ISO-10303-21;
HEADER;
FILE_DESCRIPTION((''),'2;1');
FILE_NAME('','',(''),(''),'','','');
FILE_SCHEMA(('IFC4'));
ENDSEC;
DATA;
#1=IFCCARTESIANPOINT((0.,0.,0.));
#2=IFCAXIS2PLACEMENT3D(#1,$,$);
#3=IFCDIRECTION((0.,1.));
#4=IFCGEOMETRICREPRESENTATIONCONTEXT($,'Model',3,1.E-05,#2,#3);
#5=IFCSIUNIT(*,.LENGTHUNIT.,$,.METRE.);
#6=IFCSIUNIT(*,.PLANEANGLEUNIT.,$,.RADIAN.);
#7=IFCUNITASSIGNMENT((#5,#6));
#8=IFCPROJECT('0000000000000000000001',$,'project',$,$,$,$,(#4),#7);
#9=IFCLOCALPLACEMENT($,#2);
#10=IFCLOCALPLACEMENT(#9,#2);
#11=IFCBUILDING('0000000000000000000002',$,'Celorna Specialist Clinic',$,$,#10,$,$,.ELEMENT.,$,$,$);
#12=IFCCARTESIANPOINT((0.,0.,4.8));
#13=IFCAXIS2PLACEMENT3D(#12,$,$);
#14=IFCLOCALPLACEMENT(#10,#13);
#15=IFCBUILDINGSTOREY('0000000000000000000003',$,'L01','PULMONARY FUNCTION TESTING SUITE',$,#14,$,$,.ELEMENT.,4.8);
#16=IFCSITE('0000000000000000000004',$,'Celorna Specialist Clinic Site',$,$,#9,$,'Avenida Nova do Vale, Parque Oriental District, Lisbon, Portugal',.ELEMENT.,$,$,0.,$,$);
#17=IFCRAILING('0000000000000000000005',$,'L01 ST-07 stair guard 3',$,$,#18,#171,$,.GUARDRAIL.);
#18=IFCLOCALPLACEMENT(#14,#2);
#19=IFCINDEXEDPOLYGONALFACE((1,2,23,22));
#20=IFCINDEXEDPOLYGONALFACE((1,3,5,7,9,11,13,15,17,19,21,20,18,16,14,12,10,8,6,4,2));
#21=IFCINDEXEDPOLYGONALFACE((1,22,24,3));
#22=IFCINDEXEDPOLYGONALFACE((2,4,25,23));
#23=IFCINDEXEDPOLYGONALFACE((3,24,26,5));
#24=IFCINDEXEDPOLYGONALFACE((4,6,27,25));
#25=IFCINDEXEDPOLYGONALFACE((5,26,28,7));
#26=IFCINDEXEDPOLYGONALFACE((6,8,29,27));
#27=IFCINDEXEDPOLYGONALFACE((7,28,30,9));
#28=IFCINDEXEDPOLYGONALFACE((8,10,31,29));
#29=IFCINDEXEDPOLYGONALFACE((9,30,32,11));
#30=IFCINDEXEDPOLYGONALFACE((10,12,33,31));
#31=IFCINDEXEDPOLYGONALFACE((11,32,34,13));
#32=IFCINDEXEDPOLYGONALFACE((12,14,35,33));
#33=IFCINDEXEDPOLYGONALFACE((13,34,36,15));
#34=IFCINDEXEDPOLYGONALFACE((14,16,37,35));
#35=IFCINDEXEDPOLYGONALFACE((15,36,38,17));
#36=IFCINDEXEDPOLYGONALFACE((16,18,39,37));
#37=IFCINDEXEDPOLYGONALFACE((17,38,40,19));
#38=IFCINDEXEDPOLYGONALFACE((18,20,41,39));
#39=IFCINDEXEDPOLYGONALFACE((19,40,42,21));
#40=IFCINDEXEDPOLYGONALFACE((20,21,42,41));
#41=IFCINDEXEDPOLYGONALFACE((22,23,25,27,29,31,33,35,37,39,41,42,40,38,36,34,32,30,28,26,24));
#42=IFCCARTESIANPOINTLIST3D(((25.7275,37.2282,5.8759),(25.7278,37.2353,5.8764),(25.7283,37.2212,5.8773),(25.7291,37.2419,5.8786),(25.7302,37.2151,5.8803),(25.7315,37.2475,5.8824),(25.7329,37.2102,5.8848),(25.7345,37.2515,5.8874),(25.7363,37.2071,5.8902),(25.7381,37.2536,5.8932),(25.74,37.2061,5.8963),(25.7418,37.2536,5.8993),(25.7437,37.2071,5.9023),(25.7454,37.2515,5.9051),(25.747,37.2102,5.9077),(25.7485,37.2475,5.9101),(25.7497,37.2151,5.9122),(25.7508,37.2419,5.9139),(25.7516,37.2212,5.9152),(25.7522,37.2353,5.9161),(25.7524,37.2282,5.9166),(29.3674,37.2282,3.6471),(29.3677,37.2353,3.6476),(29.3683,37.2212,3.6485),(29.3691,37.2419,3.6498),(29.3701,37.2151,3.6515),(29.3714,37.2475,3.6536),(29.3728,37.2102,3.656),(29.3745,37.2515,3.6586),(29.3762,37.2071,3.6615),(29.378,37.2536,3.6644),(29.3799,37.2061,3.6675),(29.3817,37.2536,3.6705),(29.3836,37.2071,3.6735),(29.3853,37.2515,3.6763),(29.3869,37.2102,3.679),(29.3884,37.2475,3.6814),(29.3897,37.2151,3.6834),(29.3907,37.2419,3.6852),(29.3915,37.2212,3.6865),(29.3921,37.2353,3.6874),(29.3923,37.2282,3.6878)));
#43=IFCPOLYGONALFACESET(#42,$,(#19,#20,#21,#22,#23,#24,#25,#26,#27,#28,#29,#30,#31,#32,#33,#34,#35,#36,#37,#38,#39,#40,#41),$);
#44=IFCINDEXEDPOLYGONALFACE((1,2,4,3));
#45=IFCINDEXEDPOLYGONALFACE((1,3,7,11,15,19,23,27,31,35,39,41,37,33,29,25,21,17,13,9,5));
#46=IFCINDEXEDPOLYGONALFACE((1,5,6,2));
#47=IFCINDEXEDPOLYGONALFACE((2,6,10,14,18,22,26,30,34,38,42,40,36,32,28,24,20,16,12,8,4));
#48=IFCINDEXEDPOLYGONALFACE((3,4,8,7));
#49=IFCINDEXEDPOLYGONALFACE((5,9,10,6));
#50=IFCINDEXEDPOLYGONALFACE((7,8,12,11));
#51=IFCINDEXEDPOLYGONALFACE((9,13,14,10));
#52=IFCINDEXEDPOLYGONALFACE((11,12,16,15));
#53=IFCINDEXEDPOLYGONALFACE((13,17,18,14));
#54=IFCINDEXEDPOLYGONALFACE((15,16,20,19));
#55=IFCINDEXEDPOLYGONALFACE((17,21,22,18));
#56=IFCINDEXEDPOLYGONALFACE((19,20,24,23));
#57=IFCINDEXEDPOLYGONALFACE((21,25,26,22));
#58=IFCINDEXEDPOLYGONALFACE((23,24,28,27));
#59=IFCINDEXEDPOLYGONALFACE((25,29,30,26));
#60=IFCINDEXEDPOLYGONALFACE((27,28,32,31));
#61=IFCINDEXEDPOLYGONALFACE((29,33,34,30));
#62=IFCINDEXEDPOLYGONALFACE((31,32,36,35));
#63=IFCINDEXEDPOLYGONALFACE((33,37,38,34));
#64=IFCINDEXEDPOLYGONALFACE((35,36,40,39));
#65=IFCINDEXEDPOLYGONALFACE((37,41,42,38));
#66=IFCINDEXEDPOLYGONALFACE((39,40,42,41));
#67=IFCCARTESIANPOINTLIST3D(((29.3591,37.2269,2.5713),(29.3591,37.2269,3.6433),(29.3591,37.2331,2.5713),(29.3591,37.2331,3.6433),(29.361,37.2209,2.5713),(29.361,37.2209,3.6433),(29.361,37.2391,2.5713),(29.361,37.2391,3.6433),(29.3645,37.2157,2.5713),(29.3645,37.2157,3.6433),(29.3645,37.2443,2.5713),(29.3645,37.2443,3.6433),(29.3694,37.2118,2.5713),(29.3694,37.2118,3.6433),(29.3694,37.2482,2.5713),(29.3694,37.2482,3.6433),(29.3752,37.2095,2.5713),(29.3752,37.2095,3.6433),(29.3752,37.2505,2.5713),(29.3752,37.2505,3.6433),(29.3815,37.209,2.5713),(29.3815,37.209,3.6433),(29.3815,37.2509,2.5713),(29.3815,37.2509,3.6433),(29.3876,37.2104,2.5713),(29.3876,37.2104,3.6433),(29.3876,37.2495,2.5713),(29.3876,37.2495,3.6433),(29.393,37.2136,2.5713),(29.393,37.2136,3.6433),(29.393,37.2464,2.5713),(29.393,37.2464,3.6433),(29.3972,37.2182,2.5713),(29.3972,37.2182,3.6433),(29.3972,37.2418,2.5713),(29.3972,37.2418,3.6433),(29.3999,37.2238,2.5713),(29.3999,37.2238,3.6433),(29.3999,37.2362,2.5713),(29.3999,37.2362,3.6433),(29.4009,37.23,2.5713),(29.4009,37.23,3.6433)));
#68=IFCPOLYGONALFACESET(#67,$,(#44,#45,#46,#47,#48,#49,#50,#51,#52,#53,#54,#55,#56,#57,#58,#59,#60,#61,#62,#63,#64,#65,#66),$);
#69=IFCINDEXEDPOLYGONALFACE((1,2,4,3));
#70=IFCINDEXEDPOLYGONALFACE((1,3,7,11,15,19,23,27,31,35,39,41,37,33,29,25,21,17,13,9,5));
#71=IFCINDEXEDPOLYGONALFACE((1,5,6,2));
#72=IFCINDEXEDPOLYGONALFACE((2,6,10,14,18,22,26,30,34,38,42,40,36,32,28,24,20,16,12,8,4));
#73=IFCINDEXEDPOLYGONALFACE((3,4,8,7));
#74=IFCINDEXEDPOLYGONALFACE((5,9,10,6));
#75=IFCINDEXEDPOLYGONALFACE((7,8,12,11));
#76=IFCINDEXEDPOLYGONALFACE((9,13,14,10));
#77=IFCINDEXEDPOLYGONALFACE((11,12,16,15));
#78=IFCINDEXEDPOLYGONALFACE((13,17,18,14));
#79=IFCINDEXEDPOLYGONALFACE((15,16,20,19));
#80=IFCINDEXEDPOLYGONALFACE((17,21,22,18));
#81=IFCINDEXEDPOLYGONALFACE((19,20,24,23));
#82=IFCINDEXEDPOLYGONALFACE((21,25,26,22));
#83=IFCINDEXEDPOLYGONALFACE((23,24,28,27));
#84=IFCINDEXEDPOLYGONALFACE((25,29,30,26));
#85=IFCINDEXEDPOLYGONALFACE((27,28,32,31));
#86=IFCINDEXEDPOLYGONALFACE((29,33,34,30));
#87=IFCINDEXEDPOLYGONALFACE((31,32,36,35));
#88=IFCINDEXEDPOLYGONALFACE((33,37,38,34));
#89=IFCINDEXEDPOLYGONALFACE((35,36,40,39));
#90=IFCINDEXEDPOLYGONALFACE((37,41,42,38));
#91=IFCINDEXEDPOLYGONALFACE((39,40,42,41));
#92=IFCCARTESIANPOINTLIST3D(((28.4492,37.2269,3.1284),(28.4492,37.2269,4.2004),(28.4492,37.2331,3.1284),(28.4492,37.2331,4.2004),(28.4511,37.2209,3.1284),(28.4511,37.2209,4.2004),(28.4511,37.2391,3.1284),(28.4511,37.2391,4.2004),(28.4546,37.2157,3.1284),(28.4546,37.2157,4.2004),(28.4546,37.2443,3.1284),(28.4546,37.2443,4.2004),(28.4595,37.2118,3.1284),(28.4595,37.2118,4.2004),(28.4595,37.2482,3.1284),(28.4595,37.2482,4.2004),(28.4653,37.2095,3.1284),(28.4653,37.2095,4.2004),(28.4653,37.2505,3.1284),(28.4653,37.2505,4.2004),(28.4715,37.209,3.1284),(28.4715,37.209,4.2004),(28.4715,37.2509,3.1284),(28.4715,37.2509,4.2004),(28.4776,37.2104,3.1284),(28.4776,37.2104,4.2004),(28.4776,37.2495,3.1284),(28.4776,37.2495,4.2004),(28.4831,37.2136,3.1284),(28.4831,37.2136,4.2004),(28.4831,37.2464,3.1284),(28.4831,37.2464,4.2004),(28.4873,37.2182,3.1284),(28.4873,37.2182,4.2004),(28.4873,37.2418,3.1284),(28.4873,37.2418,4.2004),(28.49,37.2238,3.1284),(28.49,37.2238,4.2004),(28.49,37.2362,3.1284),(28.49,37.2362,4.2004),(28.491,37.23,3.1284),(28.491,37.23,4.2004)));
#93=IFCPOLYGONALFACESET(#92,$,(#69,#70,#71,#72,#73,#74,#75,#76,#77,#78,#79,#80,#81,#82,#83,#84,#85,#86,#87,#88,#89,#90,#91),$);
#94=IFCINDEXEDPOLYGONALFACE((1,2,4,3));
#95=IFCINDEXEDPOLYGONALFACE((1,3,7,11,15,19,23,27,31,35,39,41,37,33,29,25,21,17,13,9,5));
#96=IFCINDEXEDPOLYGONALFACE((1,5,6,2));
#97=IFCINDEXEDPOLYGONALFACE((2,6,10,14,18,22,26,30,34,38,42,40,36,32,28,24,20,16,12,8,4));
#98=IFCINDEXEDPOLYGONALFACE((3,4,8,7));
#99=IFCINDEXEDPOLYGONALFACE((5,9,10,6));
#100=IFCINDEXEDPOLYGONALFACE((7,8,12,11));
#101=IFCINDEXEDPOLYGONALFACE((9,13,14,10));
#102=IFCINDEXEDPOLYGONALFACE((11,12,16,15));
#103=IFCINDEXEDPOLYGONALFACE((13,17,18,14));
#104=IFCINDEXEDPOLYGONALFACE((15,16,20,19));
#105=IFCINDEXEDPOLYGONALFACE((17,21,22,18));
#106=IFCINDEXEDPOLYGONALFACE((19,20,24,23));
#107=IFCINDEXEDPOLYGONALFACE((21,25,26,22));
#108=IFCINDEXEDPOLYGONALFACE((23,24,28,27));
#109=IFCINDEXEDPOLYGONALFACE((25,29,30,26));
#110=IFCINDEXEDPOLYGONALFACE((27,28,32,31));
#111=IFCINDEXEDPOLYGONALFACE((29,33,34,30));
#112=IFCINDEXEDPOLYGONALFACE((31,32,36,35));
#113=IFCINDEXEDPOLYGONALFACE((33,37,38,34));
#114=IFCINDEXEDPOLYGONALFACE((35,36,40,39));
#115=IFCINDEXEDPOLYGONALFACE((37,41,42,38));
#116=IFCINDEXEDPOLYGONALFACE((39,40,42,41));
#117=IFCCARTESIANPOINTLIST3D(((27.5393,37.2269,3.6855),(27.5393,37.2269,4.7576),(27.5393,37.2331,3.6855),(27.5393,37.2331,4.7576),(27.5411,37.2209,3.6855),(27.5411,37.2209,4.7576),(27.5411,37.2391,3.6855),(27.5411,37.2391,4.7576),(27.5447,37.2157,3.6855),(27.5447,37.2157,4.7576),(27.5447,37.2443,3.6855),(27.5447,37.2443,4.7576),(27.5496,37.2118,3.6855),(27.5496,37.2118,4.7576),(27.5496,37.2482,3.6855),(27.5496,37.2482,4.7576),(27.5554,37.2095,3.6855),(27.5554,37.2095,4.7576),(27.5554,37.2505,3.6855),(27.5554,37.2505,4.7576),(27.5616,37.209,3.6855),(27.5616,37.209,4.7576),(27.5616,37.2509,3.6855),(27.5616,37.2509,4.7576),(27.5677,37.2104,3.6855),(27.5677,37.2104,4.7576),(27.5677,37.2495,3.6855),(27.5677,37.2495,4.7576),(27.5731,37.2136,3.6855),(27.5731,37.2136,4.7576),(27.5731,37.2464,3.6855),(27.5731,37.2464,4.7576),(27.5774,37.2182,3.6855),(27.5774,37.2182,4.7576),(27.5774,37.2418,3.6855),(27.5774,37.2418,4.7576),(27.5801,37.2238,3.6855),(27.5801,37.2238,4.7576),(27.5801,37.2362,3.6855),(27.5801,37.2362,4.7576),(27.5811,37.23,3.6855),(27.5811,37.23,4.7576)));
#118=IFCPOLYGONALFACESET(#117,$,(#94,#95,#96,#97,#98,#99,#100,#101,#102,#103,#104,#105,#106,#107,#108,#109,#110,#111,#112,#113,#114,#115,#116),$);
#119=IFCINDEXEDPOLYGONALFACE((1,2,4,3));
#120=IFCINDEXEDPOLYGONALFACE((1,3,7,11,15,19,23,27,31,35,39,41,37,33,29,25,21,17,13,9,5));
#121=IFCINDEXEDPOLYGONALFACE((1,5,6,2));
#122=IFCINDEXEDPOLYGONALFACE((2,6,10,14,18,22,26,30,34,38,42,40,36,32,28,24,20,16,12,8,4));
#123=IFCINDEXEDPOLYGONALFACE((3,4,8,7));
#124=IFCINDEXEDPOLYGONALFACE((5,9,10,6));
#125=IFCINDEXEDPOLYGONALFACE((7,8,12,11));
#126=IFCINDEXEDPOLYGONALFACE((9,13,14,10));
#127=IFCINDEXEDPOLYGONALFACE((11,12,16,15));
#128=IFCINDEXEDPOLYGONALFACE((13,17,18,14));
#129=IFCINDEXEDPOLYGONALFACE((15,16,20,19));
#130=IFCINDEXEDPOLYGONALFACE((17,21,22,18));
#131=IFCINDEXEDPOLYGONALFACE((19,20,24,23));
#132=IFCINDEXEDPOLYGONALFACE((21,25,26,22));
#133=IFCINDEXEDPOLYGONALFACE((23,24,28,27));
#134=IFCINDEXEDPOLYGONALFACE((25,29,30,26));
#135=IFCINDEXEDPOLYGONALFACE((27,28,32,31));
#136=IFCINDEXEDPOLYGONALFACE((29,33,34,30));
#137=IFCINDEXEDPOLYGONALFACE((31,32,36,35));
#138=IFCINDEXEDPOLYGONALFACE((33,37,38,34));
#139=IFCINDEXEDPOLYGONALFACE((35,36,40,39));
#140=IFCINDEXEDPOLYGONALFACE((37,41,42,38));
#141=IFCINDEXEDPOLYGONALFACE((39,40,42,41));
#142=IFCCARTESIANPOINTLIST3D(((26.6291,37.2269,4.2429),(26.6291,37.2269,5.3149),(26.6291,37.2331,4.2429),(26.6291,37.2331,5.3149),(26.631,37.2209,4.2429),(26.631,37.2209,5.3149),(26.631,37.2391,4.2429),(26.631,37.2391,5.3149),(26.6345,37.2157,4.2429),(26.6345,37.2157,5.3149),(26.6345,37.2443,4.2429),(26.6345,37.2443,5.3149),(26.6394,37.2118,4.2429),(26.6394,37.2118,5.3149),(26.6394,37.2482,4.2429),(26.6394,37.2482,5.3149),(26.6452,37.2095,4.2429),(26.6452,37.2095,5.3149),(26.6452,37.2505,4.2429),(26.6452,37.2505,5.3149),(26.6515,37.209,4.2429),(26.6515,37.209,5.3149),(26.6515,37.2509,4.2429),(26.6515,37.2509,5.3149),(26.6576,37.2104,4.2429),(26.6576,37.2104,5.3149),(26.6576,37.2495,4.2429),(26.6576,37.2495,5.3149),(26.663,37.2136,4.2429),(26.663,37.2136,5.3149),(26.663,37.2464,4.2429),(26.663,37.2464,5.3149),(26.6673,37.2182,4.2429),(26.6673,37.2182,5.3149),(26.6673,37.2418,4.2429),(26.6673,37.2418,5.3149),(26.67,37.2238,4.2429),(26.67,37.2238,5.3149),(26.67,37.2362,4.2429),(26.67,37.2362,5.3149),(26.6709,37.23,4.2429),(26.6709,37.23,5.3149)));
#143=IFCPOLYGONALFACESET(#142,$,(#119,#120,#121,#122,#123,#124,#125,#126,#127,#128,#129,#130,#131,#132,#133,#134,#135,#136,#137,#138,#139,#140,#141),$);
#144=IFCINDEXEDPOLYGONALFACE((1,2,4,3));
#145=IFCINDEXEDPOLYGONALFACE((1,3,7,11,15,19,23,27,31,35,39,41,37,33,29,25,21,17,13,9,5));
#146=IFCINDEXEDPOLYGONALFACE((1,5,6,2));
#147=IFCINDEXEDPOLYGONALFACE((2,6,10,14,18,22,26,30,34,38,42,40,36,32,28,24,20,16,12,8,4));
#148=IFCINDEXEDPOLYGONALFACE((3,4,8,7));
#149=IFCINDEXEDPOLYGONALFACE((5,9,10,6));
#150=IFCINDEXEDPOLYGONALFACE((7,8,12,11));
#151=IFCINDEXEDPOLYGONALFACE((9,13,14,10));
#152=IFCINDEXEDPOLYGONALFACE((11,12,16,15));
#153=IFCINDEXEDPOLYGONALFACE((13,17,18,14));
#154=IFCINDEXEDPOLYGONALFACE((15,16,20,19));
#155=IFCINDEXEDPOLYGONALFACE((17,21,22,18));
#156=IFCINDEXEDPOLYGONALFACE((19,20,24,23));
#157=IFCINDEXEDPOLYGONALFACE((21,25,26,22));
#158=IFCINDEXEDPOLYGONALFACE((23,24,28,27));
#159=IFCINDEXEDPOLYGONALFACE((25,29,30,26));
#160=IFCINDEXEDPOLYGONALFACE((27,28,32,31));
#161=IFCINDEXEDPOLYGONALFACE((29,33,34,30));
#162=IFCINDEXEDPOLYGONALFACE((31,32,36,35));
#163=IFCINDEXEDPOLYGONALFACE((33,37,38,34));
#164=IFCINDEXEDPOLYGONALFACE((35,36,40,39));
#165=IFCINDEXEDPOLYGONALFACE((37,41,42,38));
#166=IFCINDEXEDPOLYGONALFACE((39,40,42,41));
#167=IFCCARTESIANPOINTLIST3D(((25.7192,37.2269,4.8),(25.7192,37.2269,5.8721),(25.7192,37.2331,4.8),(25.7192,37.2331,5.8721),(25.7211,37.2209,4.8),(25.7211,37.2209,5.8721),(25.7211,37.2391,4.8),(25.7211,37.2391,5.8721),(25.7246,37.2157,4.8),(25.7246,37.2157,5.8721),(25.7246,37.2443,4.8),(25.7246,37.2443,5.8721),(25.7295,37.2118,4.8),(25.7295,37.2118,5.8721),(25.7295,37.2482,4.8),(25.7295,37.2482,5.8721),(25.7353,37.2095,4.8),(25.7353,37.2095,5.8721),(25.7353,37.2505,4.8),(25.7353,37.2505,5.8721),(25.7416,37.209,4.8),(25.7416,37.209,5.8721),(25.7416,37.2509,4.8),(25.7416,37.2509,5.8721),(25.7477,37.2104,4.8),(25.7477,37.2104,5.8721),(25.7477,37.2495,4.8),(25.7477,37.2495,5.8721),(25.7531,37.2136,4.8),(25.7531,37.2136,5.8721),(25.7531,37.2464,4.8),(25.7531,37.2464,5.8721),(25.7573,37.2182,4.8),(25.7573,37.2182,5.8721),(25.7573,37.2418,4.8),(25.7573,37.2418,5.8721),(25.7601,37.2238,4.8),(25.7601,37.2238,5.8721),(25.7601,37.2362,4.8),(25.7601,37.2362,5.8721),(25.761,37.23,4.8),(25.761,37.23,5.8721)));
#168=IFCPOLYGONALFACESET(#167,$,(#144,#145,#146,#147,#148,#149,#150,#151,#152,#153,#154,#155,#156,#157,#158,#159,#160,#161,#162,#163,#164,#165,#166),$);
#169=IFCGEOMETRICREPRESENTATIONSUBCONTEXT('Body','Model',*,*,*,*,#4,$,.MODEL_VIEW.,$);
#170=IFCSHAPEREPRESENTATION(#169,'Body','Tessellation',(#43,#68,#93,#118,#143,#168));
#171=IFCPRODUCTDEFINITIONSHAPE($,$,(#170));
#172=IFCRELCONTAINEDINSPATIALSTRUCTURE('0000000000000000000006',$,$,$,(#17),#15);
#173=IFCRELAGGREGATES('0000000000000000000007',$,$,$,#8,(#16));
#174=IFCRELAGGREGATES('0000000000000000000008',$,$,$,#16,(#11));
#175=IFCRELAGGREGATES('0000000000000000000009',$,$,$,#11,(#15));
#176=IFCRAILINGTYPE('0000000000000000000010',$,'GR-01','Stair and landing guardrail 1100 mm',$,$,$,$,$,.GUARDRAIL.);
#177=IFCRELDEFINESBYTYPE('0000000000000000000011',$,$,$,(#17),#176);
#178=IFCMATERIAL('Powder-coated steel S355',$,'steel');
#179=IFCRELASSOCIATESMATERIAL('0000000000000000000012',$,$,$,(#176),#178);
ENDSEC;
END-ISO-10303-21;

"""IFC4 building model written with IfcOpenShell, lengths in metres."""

from ifc_helpers import new_model, si_unit, direction, frame, origin, origin_2d, place, context, subcontext, project, spatial, circle, extrude, material, type_object, element, save


model = new_model("IFC4")

# Units and contexts
model_context = context("Model", 3, precision=1e-05, world=origin(), true_north=direction((0.0, 1.0)))
body_context = subcontext(model_context, "Body", "Model", "MODEL_VIEW")
ifc_project = project(units=[si_unit("LENGTHUNIT", "METRE"), si_unit("PLANEANGLEUNIT", "RADIAN")], contexts=[model_context])

# Site, building, storey
site_placement = place(None, origin())
site = spatial("IfcSite", under=ifc_project, at=site_placement, Name="Celorna Specialist Clinic Site", LongName="Avenida Nova do Vale, Parque Oriental District, Lisbon, Portugal", CompositionType="ELEMENT", RefElevation=0.0)
building_placement = place(site_placement, origin())
building = spatial("IfcBuilding", under=site, at=building_placement, Name="Celorna Specialist Clinic", CompositionType="ELEMENT")
storey_placement = place(building_placement, frame((0.0, 0.0, 4.8)))
storey = spatial("IfcBuildingStorey", under=building, at=storey_placement, Name="L01", Description="PULMONARY FUNCTION TESTING SUITE", CompositionType="ELEMENT", Elevation=4.8)

# Railing
ifc_material_1 = material(Name="Powder-coated steel S355", Category="steel")
railing_type_1 = type_object("IfcRailingType", Name="GR-01", Description="Stair and landing guardrail 1100 mm", PredefinedType="GUARDRAIL", material=ifc_material_1)
railing_1_placement = place(storey_placement, frame((29.3799, 37.23, 2.5713)))
element("IfcRailing", 1, at=railing_1_placement, inside=storey, type_object=railing_type_1, Name="L01 ST-07 stair guard 3", PredefinedType="GUARDRAIL", context=body_context, shape_type="SweptSolid", body=[
    extrude(circle(Radius=0.0239, at=origin_2d()), frame((0.0, 0.0, 1.0962), z_axis=(-0.852825, 0.0, 0.522197), x_axis=(0.0, -1.0, 0.0)), (0.0, 0.0, 1.0), 4.2681),
    extrude(circle(Radius=0.021, at=origin_2d()), origin(), (0.0, 0.0, 1.0), 1.072),
    extrude(circle(Radius=0.021, at=origin_2d()), frame((-0.9099, 0.0, 0.5571)), (0.0, 0.0, 1.0), 1.072),
    extrude(circle(Radius=0.021, at=origin_2d()), frame((-1.8198, 0.0, 1.1143)), (0.0, 0.0, 1.0), 1.072),
    extrude(circle(Radius=0.021, at=origin_2d()), frame((-2.73, 0.0, 1.6716)), (0.0, 0.0, 1.0), 1.072),
    extrude(circle(Radius=0.021, at=origin_2d()), frame((-3.6399, 0.0, 2.2288)), (0.0, 0.0, 1.0), 1.072),
])

save(model, "model.ifc")
